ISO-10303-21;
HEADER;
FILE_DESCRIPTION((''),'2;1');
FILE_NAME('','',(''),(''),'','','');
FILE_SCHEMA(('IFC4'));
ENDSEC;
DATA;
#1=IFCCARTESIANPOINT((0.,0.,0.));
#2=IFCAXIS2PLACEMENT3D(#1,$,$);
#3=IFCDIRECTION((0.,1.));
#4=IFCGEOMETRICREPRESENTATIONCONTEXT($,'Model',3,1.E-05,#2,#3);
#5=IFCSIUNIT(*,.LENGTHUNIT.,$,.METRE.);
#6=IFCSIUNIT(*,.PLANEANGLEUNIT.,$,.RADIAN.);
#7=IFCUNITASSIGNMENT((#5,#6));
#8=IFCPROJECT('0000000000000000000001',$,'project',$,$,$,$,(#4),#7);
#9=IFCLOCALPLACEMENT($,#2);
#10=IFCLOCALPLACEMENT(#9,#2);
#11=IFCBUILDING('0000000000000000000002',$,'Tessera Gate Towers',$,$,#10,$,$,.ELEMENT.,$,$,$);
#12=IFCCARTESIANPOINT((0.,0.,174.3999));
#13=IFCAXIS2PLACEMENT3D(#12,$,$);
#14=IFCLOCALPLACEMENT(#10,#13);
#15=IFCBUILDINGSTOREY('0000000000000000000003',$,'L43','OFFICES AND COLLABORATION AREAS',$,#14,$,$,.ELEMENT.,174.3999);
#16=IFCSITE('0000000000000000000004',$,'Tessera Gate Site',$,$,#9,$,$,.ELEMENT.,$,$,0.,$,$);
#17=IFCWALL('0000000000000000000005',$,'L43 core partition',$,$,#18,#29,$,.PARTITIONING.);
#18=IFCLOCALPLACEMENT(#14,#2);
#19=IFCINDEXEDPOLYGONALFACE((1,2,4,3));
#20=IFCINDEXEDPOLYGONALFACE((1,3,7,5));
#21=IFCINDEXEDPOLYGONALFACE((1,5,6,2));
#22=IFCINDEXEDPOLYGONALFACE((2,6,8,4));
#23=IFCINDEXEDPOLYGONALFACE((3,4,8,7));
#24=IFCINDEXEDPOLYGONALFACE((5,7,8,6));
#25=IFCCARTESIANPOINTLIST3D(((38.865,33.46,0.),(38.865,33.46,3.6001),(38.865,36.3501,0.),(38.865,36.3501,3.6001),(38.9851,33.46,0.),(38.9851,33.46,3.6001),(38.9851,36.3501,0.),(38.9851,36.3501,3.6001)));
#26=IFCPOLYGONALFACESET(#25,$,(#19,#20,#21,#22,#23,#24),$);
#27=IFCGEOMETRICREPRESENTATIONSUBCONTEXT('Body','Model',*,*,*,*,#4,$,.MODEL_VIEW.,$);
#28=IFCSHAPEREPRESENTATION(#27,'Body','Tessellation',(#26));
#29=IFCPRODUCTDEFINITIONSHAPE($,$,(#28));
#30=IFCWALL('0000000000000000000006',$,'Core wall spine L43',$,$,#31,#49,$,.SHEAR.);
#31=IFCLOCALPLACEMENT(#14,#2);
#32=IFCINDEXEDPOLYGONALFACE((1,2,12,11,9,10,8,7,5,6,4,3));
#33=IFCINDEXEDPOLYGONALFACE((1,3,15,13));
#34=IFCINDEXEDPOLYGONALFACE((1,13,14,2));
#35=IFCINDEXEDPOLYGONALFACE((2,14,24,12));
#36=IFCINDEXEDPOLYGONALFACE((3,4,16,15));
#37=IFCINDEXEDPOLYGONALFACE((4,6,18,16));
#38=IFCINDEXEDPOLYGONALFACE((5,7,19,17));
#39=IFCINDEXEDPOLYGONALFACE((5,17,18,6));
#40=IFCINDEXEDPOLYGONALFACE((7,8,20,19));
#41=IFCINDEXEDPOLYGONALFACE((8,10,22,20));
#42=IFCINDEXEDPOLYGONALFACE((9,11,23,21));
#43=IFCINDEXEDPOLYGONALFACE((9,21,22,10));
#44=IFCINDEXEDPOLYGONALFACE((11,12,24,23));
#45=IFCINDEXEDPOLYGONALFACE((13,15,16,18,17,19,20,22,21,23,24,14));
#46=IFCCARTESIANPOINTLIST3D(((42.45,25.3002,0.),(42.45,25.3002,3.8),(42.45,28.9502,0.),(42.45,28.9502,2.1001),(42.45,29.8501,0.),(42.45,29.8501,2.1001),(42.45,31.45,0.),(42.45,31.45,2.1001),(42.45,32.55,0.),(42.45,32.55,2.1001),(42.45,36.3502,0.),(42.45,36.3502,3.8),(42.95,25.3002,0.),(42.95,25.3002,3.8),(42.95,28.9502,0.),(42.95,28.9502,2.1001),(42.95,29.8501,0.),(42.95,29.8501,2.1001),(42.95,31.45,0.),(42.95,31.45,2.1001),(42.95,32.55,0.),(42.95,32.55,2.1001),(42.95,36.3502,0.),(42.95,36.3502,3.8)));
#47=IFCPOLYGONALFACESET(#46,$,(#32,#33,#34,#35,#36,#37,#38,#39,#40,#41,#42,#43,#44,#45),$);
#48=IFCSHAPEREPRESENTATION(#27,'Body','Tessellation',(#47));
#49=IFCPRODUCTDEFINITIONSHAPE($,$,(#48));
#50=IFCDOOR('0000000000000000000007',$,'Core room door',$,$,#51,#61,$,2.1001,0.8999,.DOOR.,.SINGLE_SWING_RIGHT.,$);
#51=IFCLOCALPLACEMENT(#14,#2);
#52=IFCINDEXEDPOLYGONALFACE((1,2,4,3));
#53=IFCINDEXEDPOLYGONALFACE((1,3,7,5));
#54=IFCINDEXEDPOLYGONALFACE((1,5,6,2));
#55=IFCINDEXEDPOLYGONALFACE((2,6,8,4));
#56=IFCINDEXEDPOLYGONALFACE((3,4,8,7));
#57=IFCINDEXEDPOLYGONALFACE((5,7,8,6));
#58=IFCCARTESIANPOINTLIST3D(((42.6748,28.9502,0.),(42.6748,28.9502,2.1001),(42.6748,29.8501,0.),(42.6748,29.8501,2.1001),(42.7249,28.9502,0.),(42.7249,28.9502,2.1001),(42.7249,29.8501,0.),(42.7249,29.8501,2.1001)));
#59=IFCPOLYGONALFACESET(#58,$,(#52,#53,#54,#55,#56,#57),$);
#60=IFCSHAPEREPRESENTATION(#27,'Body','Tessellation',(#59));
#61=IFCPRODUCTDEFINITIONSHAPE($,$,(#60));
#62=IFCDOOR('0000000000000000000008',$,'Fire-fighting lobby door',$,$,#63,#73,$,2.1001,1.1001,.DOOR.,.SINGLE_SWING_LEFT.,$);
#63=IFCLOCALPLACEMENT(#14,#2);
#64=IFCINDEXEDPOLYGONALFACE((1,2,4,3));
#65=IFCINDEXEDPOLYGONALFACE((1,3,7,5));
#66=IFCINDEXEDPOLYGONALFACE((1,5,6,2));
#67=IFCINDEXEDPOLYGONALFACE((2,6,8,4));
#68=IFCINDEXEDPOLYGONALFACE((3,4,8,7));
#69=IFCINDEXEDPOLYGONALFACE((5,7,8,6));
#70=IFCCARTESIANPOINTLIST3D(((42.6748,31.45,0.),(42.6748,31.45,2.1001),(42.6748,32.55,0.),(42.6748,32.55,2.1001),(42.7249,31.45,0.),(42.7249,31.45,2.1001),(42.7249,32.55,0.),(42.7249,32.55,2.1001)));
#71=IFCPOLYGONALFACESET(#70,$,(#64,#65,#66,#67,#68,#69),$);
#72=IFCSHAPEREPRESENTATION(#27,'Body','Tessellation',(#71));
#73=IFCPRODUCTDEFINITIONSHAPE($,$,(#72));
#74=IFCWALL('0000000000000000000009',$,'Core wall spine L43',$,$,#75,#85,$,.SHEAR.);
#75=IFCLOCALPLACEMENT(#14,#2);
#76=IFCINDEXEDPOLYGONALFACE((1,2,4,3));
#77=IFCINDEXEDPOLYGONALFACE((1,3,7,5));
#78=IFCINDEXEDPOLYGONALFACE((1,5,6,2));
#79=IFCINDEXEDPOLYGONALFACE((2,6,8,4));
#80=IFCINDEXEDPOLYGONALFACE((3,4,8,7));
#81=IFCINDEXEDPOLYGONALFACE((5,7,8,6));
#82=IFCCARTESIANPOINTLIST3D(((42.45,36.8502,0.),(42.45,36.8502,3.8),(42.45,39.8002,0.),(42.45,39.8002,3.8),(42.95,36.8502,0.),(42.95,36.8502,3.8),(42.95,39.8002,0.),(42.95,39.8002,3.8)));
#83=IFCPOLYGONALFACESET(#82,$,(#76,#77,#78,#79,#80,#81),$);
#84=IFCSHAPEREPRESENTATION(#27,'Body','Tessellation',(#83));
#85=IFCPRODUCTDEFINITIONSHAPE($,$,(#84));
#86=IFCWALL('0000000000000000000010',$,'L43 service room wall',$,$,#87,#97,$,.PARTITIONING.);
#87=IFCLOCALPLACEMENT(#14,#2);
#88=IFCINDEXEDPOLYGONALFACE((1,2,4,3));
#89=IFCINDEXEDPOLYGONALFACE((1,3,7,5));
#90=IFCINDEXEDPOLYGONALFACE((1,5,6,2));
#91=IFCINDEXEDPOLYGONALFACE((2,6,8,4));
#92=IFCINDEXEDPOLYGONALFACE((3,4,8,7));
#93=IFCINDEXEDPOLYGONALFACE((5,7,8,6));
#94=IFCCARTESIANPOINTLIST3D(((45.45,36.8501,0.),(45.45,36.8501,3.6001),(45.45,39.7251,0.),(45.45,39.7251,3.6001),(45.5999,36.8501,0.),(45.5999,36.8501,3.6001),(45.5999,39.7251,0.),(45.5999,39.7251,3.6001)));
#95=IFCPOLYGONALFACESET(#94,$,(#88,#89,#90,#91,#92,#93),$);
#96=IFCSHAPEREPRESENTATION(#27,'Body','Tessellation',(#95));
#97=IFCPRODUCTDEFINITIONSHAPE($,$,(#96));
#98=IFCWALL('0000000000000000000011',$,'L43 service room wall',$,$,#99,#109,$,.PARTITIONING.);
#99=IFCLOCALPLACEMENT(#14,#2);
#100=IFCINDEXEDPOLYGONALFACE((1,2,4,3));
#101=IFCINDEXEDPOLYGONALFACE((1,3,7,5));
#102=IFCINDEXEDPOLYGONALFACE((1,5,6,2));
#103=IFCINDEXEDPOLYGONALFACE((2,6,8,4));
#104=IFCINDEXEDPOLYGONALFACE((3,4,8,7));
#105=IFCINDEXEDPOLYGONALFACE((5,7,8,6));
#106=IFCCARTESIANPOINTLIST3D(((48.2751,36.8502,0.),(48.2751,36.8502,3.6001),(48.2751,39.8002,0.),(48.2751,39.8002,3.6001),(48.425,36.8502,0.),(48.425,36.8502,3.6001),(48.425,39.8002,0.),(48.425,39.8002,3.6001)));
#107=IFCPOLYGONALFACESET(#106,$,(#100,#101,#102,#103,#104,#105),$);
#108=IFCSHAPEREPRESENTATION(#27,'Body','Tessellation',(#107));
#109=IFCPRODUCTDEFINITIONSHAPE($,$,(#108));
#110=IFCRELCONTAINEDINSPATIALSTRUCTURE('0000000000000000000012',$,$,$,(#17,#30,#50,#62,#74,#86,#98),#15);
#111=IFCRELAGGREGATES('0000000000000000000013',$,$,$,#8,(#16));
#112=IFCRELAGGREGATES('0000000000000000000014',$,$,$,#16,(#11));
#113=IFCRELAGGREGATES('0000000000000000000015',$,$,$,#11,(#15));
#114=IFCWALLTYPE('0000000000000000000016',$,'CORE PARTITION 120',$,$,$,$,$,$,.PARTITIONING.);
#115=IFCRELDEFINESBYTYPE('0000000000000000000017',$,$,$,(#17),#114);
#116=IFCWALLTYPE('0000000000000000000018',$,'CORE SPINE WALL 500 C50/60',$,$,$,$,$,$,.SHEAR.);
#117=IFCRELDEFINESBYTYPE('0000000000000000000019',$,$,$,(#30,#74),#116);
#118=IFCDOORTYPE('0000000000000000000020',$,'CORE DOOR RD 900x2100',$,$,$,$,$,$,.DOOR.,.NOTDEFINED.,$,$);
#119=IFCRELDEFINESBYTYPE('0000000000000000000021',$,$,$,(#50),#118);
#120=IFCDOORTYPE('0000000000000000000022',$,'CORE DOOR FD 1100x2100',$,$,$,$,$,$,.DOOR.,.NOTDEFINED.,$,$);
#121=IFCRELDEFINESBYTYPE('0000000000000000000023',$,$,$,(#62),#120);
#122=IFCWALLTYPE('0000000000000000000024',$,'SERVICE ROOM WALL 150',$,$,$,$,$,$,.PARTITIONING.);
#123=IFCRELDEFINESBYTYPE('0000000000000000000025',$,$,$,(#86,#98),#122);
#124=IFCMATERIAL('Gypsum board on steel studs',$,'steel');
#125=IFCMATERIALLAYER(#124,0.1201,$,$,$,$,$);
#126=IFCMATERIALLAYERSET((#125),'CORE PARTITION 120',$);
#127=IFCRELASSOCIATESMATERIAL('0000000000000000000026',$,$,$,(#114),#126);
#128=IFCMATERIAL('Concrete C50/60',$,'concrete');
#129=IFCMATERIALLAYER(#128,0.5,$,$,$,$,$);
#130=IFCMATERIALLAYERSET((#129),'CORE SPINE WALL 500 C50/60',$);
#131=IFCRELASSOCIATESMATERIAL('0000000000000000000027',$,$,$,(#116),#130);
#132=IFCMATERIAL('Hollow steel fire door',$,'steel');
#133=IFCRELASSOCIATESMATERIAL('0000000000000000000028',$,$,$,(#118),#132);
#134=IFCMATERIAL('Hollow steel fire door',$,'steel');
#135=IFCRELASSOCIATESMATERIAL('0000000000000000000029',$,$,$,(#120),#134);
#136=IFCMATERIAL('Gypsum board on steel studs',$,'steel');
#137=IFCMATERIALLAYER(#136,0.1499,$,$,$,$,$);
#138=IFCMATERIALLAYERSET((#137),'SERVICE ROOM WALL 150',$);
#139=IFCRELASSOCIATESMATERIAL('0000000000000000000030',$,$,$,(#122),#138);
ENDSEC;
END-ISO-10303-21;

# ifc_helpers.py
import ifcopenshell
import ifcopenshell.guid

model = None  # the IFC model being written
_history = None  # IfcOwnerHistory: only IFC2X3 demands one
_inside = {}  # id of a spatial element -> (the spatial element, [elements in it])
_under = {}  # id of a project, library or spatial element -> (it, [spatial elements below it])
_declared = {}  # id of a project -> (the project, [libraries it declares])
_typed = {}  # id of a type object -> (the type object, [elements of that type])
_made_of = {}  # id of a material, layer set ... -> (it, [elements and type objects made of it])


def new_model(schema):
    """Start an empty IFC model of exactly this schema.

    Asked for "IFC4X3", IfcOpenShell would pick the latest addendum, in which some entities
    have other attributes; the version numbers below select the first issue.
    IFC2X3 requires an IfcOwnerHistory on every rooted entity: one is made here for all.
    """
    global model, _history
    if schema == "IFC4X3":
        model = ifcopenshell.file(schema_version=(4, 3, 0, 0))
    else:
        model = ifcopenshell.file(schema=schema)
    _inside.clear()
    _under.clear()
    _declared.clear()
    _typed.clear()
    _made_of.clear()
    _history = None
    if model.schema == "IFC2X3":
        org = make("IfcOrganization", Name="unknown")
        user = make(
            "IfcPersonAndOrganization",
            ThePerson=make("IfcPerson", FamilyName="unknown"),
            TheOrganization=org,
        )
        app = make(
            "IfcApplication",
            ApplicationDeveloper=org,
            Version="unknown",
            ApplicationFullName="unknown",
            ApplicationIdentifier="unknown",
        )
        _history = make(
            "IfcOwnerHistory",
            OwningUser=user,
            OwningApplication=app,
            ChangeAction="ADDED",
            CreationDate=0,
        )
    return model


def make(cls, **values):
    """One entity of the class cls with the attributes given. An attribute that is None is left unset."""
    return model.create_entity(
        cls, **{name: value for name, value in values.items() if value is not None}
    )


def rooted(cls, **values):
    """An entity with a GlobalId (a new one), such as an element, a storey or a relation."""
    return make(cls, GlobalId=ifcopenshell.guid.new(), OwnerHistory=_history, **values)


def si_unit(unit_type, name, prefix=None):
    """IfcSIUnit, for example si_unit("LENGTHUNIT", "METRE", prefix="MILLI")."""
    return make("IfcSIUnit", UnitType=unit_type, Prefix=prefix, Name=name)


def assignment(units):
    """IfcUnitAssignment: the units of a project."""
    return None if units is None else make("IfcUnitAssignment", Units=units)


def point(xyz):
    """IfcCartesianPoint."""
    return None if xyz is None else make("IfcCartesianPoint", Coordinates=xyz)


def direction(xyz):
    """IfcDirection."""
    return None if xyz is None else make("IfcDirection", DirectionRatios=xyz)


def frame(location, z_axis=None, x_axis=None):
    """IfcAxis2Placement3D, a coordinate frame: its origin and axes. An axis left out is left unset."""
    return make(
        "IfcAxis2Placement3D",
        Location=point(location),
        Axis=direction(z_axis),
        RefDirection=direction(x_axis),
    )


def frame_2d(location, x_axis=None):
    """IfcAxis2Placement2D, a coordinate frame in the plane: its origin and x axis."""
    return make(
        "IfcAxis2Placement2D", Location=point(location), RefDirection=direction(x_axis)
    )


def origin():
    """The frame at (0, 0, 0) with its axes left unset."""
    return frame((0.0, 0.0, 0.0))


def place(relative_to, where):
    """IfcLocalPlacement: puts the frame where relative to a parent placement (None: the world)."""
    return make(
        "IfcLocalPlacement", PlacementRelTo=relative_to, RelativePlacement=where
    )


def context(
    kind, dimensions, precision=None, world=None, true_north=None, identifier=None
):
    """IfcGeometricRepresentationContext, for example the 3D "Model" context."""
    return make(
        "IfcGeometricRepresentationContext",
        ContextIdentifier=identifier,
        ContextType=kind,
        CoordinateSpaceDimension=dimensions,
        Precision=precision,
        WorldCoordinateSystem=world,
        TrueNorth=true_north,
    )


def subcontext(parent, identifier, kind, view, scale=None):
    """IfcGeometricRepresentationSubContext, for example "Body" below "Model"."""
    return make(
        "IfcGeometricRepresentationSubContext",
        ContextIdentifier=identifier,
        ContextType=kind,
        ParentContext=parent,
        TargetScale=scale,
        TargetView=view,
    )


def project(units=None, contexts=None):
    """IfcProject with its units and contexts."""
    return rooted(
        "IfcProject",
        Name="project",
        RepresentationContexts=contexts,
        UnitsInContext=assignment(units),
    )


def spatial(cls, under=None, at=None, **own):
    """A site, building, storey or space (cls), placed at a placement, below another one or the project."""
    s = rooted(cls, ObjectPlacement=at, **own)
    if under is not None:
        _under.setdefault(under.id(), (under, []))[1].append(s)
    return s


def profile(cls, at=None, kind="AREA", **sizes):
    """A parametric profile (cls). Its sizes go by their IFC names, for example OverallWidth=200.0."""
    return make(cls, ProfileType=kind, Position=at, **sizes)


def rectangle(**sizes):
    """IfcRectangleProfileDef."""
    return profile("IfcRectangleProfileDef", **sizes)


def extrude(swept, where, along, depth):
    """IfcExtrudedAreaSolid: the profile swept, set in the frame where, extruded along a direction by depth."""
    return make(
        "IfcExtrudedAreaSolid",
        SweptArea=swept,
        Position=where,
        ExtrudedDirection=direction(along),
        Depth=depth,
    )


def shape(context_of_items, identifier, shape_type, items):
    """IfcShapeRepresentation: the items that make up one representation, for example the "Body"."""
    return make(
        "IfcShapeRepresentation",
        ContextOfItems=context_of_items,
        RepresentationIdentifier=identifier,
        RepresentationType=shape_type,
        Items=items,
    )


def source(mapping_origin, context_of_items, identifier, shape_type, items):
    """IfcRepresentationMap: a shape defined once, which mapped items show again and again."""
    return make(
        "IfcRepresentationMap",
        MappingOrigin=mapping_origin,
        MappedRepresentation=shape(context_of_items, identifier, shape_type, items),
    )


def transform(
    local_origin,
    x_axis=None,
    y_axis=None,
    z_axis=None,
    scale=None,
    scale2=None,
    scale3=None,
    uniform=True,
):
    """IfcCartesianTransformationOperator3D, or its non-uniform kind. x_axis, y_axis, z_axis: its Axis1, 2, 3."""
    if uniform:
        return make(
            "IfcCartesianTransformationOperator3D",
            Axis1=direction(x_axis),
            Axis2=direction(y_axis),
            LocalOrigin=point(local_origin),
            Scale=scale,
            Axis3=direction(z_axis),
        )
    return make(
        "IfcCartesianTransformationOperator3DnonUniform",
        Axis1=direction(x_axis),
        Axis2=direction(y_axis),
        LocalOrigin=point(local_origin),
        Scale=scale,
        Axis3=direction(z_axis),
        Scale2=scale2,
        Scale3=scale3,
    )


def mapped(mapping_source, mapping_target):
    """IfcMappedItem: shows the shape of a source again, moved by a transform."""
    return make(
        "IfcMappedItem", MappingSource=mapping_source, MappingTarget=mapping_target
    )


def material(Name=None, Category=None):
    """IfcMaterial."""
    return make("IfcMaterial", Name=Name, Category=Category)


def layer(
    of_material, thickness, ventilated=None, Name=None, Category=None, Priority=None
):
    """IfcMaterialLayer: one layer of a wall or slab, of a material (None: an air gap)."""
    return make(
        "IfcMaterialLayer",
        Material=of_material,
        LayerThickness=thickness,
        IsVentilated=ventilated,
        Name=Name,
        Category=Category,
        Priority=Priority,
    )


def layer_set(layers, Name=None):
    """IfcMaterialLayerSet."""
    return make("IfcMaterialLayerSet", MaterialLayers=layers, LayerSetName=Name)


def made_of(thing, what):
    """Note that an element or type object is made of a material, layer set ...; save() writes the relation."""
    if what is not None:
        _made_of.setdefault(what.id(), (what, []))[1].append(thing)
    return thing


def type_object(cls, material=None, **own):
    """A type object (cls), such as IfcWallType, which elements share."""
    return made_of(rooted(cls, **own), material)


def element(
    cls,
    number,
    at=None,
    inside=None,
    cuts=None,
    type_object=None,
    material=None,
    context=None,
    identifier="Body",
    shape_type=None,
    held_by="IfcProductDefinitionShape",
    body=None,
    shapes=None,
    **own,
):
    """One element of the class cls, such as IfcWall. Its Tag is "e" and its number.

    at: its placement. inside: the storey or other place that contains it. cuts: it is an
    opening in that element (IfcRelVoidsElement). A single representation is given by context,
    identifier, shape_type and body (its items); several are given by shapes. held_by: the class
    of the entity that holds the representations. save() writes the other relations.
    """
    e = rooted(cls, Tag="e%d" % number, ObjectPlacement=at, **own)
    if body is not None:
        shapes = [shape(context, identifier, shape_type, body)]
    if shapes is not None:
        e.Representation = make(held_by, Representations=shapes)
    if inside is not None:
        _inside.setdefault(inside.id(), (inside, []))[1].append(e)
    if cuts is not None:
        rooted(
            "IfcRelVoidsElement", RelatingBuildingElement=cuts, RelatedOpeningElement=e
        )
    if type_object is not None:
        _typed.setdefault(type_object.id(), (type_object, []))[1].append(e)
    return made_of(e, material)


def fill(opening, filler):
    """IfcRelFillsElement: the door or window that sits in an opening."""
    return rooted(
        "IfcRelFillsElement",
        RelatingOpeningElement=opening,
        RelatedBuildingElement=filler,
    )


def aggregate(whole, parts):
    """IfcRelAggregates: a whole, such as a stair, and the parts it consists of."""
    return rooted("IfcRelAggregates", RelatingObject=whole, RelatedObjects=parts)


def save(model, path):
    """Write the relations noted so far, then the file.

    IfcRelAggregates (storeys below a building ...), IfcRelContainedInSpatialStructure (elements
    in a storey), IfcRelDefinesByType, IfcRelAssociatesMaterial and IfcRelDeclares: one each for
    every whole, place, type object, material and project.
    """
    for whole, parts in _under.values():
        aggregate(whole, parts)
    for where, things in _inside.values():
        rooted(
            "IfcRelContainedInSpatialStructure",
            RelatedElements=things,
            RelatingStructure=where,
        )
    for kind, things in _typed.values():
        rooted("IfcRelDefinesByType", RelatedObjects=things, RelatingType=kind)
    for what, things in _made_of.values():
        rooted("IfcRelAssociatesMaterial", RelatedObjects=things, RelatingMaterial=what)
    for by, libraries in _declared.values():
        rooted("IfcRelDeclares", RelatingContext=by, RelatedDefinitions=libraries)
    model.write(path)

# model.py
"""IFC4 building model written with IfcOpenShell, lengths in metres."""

from ifc_helpers import new_model, si_unit, direction, frame, frame_2d, origin, place, context, subcontext, project, spatial, rectangle, extrude, source, transform, mapped, material, layer, layer_set, type_object, element, fill, save


model = new_model("IFC4")

# Units and contexts
model_context = context("Model", 3, precision=1e-05, world=origin(), true_north=direction((0.0, 1.0)))
body_context = subcontext(model_context, "Body", "Model", "MODEL_VIEW")
ifc_project = project(units=[si_unit("LENGTHUNIT", "METRE"), si_unit("PLANEANGLEUNIT", "RADIAN")], contexts=[model_context])

# Site, building, storey
site_placement = place(None, origin())
site = spatial("IfcSite", under=ifc_project, at=site_placement, Name="Tessera Gate Site", CompositionType="ELEMENT", RefElevation=0.0)
building_placement = place(site_placement, origin())
building = spatial("IfcBuilding", under=site, at=building_placement, Name="Tessera Gate Towers", CompositionType="ELEMENT")
storey_placement = place(building_placement, frame((0.0, 0.0, 174.3999)))
storey = spatial("IfcBuildingStorey", under=building, at=storey_placement, Name="L43", Description="OFFICES AND COLLABORATION AREAS", CompositionType="ELEMENT", Elevation=174.3999)

# Wall
ifc_material_1 = material(Name="Gypsum board on steel studs", Category="steel")
ifc_layer_1 = layer(ifc_material_1, 0.1201)
ifc_layer_set_1 = layer_set([ifc_layer_1], Name="CORE PARTITION 120")
wall_type_1 = type_object("IfcWallType", Name="CORE PARTITION 120", PredefinedType="PARTITIONING", material=ifc_layer_set_1)
for number, where, z_axis, x_axis, name in (
    (1, (38.925, 33.46, 0.0), (0.0, 0.0, 1.0), (0.0, 1.0, 0.0), "L43 core partition"),
):
    element("IfcWall", number, at=place(storey_placement, frame(where, z_axis=z_axis, x_axis=x_axis)), inside=storey, type_object=wall_type_1, Name=name, PredefinedType="PARTITIONING", context=body_context, shape_type="SweptSolid", body=[
        extrude(rectangle(XDim=2.8901, YDim=0.1201, at=frame_2d((1.4451, 0.0))), origin(), (0.0, 0.0, 1.0), 3.6001),
    ])

# Wall, openings, doors
ifc_material_2 = material(Name="Concrete C50/60", Category="concrete")
ifc_layer_2 = layer(ifc_material_2, 0.5)
ifc_layer_set_2 = layer_set([ifc_layer_2], Name="CORE SPINE WALL 500 C50/60")
wall_type_2 = type_object("IfcWallType", Name="CORE SPINE WALL 500 C50/60", PredefinedType="SHEAR", material=ifc_layer_set_2)
wall_1_placement = place(storey_placement, frame((42.7, 36.3501, 0.0), z_axis=(0.0, 0.0, 1.0), x_axis=(0.0, -1.0, 0.0)))
wall_1 = element("IfcWall", 2, at=wall_1_placement, inside=storey, type_object=wall_type_2, Name="Core wall spine L43", PredefinedType="SHEAR", context=body_context, shape_type="SweptSolid", body=[
    extrude(rectangle(XDim=11.05, YDim=0.5, at=frame_2d((5.5249, 0.0))), origin(), (0.0, 0.0, 1.0), 3.8),
])
shared_shape_1 = source(origin(), body_context, "Body", "SweptSolid", [
    extrude(rectangle(XDim=0.8999, YDim=2.1001, at=frame_2d((0.45, 1.05))), frame((0.0, 0.26, 0.0), z_axis=(0.0, -1.0, 0.0), x_axis=(1.0, 0.0, 0.0)), (0.0, 0.0, 1.0), 0.52),
])
opening_1_placement = place(wall_1_placement, frame((6.5, 0.0, 0.0)))
opening_1 = element("IfcOpeningElement", 3, at=opening_1_placement, cuts=wall_1, PredefinedType="OPENING", context=body_context, shape_type="MappedRepresentation", body=[
    mapped(shared_shape_1, transform((0.0, 0.0, 0.0), scale=1.0)),
])
shared_shape_2 = source(origin(), body_context, "Body", "SweptSolid", [
    extrude(rectangle(XDim=1.1001, YDim=2.1001, at=frame_2d((0.55, 1.05))), frame((0.0, 0.26, 0.0), z_axis=(0.0, -1.0, 0.0), x_axis=(1.0, 0.0, 0.0)), (0.0, 0.0, 1.0), 0.52),
])
opening_2_placement = place(wall_1_placement, frame((3.8, 0.0, 0.0)))
opening_2 = element("IfcOpeningElement", 4, at=opening_2_placement, cuts=wall_1, PredefinedType="OPENING", context=body_context, shape_type="MappedRepresentation", body=[
    mapped(shared_shape_2, transform((0.0, 0.0, 0.0), scale=1.0)),
])
ifc_material_3 = material(Name="Hollow steel fire door", Category="steel")
door_type_1 = type_object("IfcDoorType", Name="CORE DOOR RD 900x2100", OperationType="NOTDEFINED", PredefinedType="DOOR", material=ifc_material_3)
shared_shape_3 = source(origin(), body_context, "Body", "SweptSolid", [
    extrude(rectangle(XDim=0.8999, YDim=2.1001, at=frame_2d((0.45, 1.05))), frame((0.0, 0.0249, 0.0), z_axis=(0.0, -1.0, 0.0), x_axis=(1.0, 0.0, 0.0)), (0.0, 0.0, 1.0), 0.05),
])
door_1_placement = place(opening_1_placement, origin())
door_1 = element("IfcDoor", 5, at=door_1_placement, inside=storey, type_object=door_type_1, Name="Core room door", OperationType="SINGLE_SWING_RIGHT", OverallHeight=2.1001, OverallWidth=0.8999, PredefinedType="DOOR", context=body_context, shape_type="MappedRepresentation", body=[
    mapped(shared_shape_3, transform((0.0, 0.0, 0.0), scale=1.0)),
])
fill(opening_1, door_1)
ifc_material_4 = material(Name="Hollow steel fire door", Category="steel")
door_type_2 = type_object("IfcDoorType", Name="CORE DOOR FD 1100x2100", OperationType="NOTDEFINED", PredefinedType="DOOR", material=ifc_material_4)
shared_shape_4 = source(origin(), body_context, "Body", "SweptSolid", [
    extrude(rectangle(XDim=1.1001, YDim=2.1001, at=frame_2d((0.55, 1.05))), frame((0.0, 0.0249, 0.0), z_axis=(0.0, -1.0, 0.0), x_axis=(1.0, 0.0, 0.0)), (0.0, 0.0, 1.0), 0.05),
])
door_2_placement = place(opening_2_placement, origin())
door_2 = element("IfcDoor", 6, at=door_2_placement, inside=storey, type_object=door_type_2, Name="Fire-fighting lobby door", OperationType="SINGLE_SWING_LEFT", OverallHeight=2.1001, OverallWidth=1.1001, PredefinedType="DOOR", context=body_context, shape_type="MappedRepresentation", body=[
    mapped(shared_shape_4, transform((0.0, 0.0, 0.0), scale=1.0)),
])
fill(opening_2, door_2)

# Walls
wall_2_placement = place(storey_placement, frame((42.7, 36.8501, 0.0), z_axis=(0.0, 0.0, 1.0), x_axis=(0.0, 1.0, 0.0)))
element("IfcWall", 7, at=wall_2_placement, inside=storey, type_object=wall_type_2, Name="Core wall spine L43", PredefinedType="SHEAR", context=body_context, shape_type="SweptSolid", body=[
    extrude(rectangle(XDim=2.95, YDim=0.5, at=frame_2d((1.4751, 0.0))), origin(), (0.0, 0.0, 1.0), 3.8),
])
ifc_material_5 = material(Name="Gypsum board on steel studs", Category="steel")
ifc_layer_3 = layer(ifc_material_5, 0.1499)
ifc_layer_set_3 = layer_set([ifc_layer_3], Name="SERVICE ROOM WALL 150")
wall_type_3 = type_object("IfcWallType", Name="SERVICE ROOM WALL 150", PredefinedType="PARTITIONING", material=ifc_layer_set_3)
wall_3_placement = place(storey_placement, frame((45.5249, 36.8501, 0.0), z_axis=(0.0, 0.0, 1.0), x_axis=(0.0, 1.0, 0.0)))
element("IfcWall", 8, at=wall_3_placement, inside=storey, type_object=wall_type_3, Name="L43 service room wall", PredefinedType="PARTITIONING", context=body_context, shape_type="SweptSolid", body=[
    extrude(rectangle(XDim=2.875, YDim=0.1499, at=frame_2d((1.4375, 0.0))), origin(), (0.0, 0.0, 1.0), 3.6001),
])
wall_4_placement = place(storey_placement, frame((48.3501, 36.8501, 0.0), z_axis=(0.0, 0.0, 1.0), x_axis=(0.0, 1.0, 0.0)))
element("IfcWall", 9, at=wall_4_placement, inside=storey, type_object=wall_type_3, Name="L43 service room wall", PredefinedType="PARTITIONING", context=body_context, shape_type="SweptSolid", body=[
    extrude(rectangle(XDim=2.95, YDim=0.1499, at=frame_2d((1.4751, 0.0))), origin(), (0.0, 0.0, 1.0), 3.6001),
])

save(model, "model.ifc")
